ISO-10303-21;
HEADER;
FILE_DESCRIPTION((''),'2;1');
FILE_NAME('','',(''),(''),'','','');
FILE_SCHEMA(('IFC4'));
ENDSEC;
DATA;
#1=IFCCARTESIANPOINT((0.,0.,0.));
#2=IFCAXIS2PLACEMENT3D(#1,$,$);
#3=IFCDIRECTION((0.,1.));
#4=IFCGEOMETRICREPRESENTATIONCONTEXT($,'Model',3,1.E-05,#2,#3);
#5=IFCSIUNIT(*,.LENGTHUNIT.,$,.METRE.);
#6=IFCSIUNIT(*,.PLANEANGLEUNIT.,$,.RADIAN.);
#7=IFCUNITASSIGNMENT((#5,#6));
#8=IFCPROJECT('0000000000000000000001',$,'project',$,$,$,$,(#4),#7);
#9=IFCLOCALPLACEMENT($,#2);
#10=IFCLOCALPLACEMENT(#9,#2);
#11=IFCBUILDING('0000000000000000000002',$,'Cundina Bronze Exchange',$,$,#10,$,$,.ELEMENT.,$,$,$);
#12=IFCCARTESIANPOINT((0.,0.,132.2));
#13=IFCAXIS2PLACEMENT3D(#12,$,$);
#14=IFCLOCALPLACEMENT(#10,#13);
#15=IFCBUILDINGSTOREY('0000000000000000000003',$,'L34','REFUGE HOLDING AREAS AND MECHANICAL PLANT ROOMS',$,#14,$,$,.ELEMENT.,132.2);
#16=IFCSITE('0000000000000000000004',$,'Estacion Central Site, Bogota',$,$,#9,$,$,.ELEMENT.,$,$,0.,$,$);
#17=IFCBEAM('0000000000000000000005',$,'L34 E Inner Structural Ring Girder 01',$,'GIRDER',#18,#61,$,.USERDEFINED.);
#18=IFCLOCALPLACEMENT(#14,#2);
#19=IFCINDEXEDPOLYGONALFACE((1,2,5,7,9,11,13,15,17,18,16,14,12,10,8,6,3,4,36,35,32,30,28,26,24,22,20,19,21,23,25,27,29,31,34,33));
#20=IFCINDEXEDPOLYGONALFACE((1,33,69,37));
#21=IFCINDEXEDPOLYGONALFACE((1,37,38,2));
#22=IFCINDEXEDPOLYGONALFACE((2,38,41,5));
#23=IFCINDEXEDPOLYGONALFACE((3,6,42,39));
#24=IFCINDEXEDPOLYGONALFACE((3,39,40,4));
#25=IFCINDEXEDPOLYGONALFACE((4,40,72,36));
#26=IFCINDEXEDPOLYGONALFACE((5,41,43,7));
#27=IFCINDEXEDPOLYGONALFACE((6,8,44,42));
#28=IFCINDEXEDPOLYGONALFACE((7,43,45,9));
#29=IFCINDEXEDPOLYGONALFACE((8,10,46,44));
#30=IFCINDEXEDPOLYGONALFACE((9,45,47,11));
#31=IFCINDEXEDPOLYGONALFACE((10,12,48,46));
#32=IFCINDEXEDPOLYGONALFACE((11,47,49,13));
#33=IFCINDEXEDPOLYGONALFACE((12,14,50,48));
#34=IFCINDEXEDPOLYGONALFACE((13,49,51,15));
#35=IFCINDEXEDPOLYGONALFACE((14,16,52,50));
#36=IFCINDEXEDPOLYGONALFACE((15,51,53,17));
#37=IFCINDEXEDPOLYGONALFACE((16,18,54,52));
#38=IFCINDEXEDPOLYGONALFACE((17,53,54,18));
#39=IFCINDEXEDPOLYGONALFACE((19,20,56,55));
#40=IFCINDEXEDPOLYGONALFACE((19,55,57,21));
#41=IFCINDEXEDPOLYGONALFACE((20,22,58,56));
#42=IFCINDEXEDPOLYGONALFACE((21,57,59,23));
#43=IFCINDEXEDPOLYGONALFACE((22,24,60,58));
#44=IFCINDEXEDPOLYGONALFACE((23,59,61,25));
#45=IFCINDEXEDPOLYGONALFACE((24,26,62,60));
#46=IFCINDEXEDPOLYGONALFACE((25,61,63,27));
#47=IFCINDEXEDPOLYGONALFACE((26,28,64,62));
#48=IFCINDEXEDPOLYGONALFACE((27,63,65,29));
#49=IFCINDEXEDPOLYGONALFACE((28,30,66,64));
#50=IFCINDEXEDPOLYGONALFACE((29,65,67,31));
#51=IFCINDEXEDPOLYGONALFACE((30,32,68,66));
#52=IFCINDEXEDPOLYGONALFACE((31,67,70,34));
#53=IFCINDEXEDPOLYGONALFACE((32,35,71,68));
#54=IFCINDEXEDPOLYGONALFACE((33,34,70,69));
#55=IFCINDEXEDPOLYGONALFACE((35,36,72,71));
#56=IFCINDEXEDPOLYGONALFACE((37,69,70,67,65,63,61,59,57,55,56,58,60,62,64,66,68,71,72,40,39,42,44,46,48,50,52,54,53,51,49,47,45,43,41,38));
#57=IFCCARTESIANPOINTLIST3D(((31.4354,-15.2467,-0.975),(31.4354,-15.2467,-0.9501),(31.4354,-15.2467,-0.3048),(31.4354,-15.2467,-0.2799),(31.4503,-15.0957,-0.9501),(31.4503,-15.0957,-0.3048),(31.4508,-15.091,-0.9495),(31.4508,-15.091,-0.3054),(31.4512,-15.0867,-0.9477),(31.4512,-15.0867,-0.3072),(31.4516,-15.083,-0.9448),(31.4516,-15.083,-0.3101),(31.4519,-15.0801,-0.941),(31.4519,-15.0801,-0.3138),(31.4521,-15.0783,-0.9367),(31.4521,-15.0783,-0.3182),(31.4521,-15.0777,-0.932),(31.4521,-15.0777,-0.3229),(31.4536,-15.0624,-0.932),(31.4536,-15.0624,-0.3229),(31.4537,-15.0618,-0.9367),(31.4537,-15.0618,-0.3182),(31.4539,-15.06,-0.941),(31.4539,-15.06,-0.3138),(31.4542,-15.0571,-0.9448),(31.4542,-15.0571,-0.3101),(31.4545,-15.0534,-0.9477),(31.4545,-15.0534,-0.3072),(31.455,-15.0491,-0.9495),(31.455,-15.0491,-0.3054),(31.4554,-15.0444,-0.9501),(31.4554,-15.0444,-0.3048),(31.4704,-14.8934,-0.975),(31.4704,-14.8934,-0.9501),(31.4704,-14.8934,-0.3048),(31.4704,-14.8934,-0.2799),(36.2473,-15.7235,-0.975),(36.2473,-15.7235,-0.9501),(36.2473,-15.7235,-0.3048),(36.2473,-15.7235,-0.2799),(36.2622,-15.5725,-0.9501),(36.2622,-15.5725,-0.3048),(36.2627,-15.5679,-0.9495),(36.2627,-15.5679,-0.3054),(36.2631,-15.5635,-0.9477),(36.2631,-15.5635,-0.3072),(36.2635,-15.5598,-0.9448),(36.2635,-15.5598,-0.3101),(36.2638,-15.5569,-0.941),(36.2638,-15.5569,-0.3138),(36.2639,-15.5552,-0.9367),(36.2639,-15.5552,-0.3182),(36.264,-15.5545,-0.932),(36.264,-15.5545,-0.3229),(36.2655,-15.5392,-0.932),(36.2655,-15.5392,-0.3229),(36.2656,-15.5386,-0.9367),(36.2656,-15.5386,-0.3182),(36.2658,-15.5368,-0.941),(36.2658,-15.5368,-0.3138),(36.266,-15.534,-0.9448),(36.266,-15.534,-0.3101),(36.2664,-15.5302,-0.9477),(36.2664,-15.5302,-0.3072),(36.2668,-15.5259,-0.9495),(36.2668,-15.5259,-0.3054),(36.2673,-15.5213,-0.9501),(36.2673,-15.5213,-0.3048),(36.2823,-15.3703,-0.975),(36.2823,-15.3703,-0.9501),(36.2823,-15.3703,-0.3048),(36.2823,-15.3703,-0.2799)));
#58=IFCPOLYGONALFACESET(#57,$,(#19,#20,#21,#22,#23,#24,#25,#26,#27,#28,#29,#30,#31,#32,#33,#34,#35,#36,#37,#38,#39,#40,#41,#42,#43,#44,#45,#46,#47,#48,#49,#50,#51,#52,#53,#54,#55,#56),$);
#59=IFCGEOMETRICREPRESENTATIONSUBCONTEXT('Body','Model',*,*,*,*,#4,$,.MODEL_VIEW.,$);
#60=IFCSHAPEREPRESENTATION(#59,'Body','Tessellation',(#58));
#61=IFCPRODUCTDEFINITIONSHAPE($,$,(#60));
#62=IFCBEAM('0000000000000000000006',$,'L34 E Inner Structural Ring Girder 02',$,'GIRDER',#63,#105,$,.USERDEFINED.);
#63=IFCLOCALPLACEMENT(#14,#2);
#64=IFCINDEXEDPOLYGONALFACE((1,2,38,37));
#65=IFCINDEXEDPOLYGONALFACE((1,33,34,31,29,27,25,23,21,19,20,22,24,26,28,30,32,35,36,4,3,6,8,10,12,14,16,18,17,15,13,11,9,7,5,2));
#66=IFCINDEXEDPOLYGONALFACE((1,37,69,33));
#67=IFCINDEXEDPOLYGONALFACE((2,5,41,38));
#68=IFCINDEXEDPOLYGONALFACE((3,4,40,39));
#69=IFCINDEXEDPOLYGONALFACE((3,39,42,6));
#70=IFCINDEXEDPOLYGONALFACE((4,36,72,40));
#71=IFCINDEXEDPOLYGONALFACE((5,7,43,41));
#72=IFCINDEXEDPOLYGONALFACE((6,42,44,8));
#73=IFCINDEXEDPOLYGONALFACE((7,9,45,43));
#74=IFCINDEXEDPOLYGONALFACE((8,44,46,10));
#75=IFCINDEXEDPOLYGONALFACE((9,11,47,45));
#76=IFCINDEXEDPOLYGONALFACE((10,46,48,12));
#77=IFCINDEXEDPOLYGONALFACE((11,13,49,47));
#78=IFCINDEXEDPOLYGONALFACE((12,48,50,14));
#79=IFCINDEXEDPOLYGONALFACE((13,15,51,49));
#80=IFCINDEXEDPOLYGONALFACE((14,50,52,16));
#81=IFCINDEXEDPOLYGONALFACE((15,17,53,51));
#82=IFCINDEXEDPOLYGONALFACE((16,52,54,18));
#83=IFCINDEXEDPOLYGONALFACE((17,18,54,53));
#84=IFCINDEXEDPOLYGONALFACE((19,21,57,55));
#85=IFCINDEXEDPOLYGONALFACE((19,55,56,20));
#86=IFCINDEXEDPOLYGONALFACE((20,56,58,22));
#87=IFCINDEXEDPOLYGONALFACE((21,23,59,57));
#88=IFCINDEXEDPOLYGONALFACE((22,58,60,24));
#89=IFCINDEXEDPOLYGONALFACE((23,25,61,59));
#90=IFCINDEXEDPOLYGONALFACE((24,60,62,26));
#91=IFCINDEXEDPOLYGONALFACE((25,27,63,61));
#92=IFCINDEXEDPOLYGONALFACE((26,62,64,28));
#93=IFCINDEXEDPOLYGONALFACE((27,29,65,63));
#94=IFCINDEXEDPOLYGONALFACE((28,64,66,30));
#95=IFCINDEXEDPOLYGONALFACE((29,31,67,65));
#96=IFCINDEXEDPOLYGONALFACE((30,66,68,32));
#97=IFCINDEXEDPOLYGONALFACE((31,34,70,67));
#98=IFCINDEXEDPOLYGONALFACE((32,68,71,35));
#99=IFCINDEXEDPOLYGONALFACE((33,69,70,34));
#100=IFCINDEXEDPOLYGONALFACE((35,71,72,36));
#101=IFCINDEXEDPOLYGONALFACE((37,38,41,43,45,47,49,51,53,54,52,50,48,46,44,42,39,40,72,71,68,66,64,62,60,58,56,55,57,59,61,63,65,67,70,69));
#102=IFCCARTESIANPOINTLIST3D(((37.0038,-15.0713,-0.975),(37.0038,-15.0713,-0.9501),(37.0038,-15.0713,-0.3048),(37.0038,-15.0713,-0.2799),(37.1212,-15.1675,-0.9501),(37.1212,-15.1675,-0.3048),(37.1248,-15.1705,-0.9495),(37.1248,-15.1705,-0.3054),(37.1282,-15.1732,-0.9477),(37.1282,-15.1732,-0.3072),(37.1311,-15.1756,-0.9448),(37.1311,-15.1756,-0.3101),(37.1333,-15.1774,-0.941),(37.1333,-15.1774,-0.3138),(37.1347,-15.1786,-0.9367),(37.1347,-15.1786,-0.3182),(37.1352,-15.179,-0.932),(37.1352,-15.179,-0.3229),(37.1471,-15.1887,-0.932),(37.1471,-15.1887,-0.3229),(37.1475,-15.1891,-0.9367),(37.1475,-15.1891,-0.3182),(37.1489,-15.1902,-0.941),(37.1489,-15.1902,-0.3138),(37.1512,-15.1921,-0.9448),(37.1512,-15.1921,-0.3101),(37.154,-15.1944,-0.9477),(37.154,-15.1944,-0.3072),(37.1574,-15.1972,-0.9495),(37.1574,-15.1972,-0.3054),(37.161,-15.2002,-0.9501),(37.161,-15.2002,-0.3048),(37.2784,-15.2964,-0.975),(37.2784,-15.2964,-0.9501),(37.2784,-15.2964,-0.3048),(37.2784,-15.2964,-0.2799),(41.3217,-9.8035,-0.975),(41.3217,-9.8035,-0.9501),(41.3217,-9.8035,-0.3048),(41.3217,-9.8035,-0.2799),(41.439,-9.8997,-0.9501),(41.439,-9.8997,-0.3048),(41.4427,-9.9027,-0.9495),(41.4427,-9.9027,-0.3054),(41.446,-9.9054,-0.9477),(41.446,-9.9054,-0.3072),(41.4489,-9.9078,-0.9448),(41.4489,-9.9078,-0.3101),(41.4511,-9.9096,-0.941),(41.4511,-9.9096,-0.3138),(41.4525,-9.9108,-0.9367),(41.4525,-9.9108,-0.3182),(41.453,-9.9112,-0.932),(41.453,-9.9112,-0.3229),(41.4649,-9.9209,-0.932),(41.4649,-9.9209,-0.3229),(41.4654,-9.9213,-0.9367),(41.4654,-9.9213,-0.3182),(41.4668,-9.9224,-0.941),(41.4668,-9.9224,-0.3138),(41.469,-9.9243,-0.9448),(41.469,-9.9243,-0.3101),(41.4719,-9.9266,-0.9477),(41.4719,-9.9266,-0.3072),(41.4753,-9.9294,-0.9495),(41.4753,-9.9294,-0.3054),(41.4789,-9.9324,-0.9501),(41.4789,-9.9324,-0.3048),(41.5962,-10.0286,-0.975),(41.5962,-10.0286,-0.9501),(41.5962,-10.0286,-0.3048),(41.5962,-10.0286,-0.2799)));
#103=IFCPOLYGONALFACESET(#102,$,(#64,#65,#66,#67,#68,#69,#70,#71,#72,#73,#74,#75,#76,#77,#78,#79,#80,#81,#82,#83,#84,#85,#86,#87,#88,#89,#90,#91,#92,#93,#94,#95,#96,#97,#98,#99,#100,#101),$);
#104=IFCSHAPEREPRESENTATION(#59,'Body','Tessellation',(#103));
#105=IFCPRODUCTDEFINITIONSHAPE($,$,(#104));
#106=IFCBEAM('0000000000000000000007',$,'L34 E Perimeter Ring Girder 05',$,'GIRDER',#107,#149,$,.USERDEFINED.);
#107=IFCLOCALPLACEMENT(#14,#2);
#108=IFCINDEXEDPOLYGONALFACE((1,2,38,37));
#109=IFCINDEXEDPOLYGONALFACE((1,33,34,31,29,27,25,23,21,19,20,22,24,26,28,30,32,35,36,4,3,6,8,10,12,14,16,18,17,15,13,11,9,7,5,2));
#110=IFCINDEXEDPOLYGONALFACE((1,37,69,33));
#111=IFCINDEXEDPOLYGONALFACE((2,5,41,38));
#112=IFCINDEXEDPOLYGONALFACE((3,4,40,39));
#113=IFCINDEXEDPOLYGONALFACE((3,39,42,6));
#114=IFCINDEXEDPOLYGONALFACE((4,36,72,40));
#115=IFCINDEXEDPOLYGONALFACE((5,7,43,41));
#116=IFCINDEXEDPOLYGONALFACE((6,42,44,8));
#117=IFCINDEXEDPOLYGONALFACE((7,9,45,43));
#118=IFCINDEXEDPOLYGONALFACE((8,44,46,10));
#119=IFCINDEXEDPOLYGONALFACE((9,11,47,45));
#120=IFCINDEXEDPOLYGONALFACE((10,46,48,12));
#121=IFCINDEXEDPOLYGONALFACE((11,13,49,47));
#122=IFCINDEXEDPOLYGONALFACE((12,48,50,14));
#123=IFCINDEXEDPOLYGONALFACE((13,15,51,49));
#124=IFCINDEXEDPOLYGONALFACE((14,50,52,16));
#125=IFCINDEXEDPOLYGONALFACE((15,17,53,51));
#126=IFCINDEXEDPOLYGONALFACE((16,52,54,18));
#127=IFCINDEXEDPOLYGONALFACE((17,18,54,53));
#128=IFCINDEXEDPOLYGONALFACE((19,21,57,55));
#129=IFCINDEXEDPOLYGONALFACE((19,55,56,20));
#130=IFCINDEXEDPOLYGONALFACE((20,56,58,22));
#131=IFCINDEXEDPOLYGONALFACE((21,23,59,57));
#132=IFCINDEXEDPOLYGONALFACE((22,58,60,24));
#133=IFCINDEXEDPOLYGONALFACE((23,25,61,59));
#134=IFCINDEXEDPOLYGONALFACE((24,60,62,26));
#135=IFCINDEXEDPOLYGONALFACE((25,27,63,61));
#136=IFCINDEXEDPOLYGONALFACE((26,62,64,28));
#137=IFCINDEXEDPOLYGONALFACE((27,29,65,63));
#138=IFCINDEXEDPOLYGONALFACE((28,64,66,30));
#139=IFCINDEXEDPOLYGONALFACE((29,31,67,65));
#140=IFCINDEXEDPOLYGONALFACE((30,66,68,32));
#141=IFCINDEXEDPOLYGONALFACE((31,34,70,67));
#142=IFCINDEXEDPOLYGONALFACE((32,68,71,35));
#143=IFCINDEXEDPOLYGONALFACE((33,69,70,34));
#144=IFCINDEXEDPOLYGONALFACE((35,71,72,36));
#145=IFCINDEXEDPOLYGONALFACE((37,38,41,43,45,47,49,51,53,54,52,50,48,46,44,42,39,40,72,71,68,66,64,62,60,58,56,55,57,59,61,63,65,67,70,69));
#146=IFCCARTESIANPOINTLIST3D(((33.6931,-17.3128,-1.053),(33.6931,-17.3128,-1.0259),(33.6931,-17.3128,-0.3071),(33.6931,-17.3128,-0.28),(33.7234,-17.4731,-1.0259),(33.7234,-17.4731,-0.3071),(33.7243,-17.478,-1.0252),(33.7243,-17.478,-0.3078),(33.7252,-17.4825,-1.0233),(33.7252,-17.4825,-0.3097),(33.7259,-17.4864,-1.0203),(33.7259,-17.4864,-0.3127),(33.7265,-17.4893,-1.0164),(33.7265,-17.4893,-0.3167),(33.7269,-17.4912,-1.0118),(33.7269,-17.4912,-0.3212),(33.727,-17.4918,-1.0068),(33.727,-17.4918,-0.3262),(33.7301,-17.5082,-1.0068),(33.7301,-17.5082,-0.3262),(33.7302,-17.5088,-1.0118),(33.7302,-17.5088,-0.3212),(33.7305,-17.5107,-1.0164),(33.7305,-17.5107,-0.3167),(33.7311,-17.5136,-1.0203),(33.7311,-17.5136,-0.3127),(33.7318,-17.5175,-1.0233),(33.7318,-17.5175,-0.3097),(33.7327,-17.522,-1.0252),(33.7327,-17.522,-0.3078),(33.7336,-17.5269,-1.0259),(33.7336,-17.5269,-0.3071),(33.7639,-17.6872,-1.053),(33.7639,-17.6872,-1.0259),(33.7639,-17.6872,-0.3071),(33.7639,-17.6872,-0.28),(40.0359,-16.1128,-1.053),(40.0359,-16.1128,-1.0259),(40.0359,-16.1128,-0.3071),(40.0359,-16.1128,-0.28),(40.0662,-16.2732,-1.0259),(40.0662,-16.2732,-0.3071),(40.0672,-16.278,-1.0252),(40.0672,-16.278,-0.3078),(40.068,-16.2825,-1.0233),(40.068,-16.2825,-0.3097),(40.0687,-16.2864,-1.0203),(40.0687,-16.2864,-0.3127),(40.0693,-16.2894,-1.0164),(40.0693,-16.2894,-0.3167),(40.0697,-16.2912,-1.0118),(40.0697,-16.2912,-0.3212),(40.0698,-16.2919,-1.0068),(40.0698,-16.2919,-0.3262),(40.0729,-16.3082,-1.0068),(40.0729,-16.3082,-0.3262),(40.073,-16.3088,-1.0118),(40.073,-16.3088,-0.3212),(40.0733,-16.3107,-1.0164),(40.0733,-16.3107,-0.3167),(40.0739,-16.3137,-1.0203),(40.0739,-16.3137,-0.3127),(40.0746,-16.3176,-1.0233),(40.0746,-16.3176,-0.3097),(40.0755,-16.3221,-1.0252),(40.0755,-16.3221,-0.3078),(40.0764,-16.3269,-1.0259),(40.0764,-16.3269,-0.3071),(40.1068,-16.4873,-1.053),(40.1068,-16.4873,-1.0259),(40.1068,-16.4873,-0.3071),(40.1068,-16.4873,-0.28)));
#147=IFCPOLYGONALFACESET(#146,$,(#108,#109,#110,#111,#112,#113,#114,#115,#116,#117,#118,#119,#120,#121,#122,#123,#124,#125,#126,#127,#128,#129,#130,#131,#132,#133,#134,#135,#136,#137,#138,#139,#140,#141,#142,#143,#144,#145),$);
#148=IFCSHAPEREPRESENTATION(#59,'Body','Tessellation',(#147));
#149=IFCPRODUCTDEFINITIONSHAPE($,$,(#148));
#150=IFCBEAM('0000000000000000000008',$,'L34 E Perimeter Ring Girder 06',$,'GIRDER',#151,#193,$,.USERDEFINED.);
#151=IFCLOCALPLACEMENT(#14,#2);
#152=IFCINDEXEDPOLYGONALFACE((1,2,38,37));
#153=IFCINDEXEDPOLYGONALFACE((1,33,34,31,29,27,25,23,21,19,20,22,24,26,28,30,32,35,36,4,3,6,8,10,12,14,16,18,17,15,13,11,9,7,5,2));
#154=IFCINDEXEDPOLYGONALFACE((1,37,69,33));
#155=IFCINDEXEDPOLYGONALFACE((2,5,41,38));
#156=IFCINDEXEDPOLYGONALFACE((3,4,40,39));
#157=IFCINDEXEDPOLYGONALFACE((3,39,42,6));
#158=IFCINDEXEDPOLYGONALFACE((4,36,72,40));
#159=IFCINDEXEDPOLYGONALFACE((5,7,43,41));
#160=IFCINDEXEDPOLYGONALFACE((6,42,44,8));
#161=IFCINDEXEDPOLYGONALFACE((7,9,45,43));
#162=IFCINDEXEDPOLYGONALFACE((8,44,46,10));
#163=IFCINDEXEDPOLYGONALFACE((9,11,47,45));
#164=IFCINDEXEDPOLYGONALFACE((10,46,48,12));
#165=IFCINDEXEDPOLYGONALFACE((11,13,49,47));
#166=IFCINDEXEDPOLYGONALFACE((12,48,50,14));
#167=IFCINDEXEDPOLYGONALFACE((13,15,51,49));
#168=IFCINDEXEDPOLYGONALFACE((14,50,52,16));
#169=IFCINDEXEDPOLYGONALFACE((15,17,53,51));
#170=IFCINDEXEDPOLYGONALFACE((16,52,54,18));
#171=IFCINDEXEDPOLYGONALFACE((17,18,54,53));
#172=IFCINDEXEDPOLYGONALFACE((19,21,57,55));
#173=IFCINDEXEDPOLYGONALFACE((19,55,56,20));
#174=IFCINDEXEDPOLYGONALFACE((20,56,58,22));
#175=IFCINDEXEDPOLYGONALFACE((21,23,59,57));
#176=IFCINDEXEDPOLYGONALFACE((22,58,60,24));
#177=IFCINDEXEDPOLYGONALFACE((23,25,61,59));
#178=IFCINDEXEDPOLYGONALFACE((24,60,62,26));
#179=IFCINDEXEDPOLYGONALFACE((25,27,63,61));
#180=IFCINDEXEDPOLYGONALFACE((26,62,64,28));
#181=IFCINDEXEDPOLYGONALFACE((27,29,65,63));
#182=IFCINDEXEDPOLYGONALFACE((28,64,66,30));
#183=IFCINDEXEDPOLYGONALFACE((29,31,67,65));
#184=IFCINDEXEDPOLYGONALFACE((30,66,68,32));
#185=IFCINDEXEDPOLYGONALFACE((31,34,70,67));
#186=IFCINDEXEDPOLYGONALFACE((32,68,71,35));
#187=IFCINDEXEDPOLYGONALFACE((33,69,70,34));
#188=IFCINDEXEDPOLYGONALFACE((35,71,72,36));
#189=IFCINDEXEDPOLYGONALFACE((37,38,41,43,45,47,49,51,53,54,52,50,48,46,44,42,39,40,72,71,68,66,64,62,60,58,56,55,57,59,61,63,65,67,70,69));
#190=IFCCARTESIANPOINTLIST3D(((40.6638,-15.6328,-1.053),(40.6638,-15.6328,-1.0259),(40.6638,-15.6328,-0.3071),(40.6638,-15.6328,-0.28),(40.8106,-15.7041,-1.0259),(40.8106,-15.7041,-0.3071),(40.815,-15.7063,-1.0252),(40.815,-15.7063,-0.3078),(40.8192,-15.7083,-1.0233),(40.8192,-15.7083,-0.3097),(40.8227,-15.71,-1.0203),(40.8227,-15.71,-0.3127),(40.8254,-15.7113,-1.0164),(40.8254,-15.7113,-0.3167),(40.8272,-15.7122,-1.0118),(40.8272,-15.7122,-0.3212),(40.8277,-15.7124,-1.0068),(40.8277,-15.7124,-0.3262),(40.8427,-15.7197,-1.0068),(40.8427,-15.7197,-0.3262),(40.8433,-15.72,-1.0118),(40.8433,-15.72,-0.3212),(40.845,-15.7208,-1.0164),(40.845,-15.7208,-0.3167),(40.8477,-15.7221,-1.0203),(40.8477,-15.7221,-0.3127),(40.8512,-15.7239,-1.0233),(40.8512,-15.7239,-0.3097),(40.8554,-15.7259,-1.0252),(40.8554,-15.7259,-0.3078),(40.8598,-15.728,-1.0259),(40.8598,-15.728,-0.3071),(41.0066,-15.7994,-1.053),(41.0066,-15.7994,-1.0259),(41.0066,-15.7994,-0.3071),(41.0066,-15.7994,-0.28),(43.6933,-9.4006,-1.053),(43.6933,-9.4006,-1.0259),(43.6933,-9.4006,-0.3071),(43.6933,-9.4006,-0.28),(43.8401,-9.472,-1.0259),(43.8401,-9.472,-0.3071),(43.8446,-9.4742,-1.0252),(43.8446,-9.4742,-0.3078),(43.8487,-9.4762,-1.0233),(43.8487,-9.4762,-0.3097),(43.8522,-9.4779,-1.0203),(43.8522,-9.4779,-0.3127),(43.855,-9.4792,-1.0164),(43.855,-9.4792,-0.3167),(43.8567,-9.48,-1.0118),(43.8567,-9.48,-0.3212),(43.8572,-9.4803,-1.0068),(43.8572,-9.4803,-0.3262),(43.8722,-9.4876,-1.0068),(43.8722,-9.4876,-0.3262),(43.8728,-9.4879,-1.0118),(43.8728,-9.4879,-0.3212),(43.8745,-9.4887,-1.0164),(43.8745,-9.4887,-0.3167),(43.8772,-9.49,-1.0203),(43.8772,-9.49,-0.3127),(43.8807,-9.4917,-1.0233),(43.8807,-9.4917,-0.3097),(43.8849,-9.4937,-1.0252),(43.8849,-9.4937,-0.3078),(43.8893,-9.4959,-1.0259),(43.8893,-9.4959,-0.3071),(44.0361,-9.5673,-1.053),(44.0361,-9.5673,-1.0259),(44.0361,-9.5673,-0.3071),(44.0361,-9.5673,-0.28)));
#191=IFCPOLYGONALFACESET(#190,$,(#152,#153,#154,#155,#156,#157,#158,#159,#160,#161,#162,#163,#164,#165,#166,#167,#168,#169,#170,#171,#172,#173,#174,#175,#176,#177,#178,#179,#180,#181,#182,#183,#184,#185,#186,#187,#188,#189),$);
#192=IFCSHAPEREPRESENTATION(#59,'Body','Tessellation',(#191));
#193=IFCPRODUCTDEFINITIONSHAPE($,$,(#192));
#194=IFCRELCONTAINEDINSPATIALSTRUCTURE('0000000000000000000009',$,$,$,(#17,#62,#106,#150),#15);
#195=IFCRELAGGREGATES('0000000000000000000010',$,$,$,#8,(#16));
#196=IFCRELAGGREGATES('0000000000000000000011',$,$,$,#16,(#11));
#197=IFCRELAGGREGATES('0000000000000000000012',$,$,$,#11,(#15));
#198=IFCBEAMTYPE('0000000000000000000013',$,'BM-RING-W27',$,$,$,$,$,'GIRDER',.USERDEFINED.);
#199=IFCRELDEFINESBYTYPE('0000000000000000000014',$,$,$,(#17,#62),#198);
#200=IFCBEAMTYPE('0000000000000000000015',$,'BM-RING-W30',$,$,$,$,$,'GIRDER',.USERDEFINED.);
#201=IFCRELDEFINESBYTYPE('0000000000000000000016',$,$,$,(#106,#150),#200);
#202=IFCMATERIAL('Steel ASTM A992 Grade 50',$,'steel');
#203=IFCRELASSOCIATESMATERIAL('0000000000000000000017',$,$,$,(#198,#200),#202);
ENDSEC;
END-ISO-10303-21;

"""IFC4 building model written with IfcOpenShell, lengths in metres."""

from ifc_helpers import new_model, si_unit, direction, frame, origin, origin_2d, place, context, subcontext, project, spatial, i_section, extrude, material, material_profile, profile_set, type_object, element, save


model = new_model("IFC4")

# Units and contexts
model_context = context("Model", 3, precision=1e-05, world=origin(), true_north=direction((0.0, 1.0)))
body_context = subcontext(model_context, "Body", "Model", "MODEL_VIEW")
ifc_project = project(units=[si_unit("LENGTHUNIT", "METRE"), si_unit("PLANEANGLEUNIT", "RADIAN")], contexts=[model_context])

# Site, building, storey
site_placement = place(None, origin())
site = spatial("IfcSite", under=ifc_project, at=site_placement, Name="Estacion Central Site, Bogota", CompositionType="ELEMENT", RefElevation=0.0)
building_placement = place(site_placement, origin())
building = spatial("IfcBuilding", under=site, at=building_placement, Name="Cundina Bronze Exchange", CompositionType="ELEMENT")
storey_placement = place(building_placement, frame((0.0, 0.0, 132.2)))
storey = spatial("IfcBuildingStorey", under=building, at=storey_placement, Name="L34", Description="REFUGE HOLDING AREAS AND MECHANICAL PLANT ROOMS", CompositionType="ELEMENT", Elevation=132.2)

# Beams
ifc_material_1 = material(Name="Steel ASTM A992 Grade 50", Category="steel")
ifc_material_profile_1 = material_profile(ifc_material_1, i_section(OverallWidth=0.355, OverallDepth=0.6951, WebThickness=0.0154, FlangeThickness=0.0249, FilletRadius=0.0181, at=origin_2d()), Name="W27X146", Category="steel")
ifc_profile_set_1 = profile_set([ifc_material_profile_1], Name="Steel ASTM A992 Grade 50")
beam_type_1 = type_object("IfcBeamType", Name="BM-RING-W27", ElementType="GIRDER", PredefinedType="USERDEFINED", material=ifc_profile_set_1)
beam_1_placement = place(storey_placement, frame((31.4529, -15.0701, -0.6274), z_axis=(0.995126, -0.098609, 0.0), x_axis=(0.098609, 0.995126, 0.0)))
element("IfcBeam", 1, at=beam_1_placement, inside=storey, type_object=beam_type_1, Name="L34 E Inner Structural Ring Girder 01", ObjectType="GIRDER", PredefinedType="USERDEFINED", context=body_context, shape_type="SweptSolid", body=[
    extrude(i_section(OverallWidth=0.355, OverallDepth=0.6951, WebThickness=0.0154, FlangeThickness=0.0249, FilletRadius=0.0181, at=origin_2d()), origin(), (0.0, 0.0, 1.0), 4.8354),
])
beam_2_placement = place(storey_placement, frame((37.1411, -15.1838, -0.6274), z_axis=(0.633927, 0.773393, 0.0), x_axis=(-0.773393, 0.633927, 0.0)))
element("IfcBeam", 2, at=beam_2_placement, inside=storey, type_object=beam_type_1, Name="L34 E Inner Structural Ring Girder 02", ObjectType="GIRDER", PredefinedType="USERDEFINED", context=body_context, shape_type="SweptSolid", body=[
    extrude(i_section(OverallWidth=0.355, OverallDepth=0.6951, WebThickness=0.0154, FlangeThickness=0.0249, FilletRadius=0.0181, at=origin_2d()), origin(), (0.0, 0.0, 1.0), 6.8113),
])
ifc_material_profile_2 = material_profile(ifc_material_1, i_section(OverallWidth=0.3811, OverallDepth=0.7729, WebThickness=0.0166, FlangeThickness=0.0271, FilletRadius=0.019, at=origin_2d()), Name="W30X173", Category="steel")
ifc_profile_set_2 = profile_set([ifc_material_profile_2], Name="Steel ASTM A992 Grade 50")
beam_type_2 = type_object("IfcBeamType", Name="BM-RING-W30", ElementType="GIRDER", PredefinedType="USERDEFINED", material=ifc_profile_set_2)
beam_3_placement = place(storey_placement, frame((33.7285, -17.5, -0.6665), z_axis=(0.982571, 0.185887, 0.0), x_axis=(-0.185887, 0.982571, 0.0)))
element("IfcBeam", 3, at=beam_3_placement, inside=storey, type_object=beam_type_2, Name="L34 E Perimeter Ring Girder 05", ObjectType="GIRDER", PredefinedType="USERDEFINED", context=body_context, shape_type="SweptSolid", body=[
    extrude(i_section(OverallWidth=0.3811, OverallDepth=0.7729, WebThickness=0.0166, FlangeThickness=0.0271, FilletRadius=0.019, at=origin_2d()), origin(), (0.0, 0.0, 1.0), 6.4553),
])
beam_4_placement = place(storey_placement, frame((40.8352, -15.7161, -0.6665), z_axis=(0.437194, 0.899367, 0.0), x_axis=(-0.899367, 0.437194, 0.0)))
element("IfcBeam", 4, at=beam_4_placement, inside=storey, type_object=beam_type_2, Name="L34 E Perimeter Ring Girder 06", ObjectType="GIRDER", PredefinedType="USERDEFINED", context=body_context, shape_type="SweptSolid", body=[
    extrude(i_section(OverallWidth=0.3811, OverallDepth=0.7729, WebThickness=0.0166, FlangeThickness=0.0271, FilletRadius=0.019, at=origin_2d()), origin(), (0.0, 0.0, 1.0), 6.9294),
])

save(model, "model.ifc")
